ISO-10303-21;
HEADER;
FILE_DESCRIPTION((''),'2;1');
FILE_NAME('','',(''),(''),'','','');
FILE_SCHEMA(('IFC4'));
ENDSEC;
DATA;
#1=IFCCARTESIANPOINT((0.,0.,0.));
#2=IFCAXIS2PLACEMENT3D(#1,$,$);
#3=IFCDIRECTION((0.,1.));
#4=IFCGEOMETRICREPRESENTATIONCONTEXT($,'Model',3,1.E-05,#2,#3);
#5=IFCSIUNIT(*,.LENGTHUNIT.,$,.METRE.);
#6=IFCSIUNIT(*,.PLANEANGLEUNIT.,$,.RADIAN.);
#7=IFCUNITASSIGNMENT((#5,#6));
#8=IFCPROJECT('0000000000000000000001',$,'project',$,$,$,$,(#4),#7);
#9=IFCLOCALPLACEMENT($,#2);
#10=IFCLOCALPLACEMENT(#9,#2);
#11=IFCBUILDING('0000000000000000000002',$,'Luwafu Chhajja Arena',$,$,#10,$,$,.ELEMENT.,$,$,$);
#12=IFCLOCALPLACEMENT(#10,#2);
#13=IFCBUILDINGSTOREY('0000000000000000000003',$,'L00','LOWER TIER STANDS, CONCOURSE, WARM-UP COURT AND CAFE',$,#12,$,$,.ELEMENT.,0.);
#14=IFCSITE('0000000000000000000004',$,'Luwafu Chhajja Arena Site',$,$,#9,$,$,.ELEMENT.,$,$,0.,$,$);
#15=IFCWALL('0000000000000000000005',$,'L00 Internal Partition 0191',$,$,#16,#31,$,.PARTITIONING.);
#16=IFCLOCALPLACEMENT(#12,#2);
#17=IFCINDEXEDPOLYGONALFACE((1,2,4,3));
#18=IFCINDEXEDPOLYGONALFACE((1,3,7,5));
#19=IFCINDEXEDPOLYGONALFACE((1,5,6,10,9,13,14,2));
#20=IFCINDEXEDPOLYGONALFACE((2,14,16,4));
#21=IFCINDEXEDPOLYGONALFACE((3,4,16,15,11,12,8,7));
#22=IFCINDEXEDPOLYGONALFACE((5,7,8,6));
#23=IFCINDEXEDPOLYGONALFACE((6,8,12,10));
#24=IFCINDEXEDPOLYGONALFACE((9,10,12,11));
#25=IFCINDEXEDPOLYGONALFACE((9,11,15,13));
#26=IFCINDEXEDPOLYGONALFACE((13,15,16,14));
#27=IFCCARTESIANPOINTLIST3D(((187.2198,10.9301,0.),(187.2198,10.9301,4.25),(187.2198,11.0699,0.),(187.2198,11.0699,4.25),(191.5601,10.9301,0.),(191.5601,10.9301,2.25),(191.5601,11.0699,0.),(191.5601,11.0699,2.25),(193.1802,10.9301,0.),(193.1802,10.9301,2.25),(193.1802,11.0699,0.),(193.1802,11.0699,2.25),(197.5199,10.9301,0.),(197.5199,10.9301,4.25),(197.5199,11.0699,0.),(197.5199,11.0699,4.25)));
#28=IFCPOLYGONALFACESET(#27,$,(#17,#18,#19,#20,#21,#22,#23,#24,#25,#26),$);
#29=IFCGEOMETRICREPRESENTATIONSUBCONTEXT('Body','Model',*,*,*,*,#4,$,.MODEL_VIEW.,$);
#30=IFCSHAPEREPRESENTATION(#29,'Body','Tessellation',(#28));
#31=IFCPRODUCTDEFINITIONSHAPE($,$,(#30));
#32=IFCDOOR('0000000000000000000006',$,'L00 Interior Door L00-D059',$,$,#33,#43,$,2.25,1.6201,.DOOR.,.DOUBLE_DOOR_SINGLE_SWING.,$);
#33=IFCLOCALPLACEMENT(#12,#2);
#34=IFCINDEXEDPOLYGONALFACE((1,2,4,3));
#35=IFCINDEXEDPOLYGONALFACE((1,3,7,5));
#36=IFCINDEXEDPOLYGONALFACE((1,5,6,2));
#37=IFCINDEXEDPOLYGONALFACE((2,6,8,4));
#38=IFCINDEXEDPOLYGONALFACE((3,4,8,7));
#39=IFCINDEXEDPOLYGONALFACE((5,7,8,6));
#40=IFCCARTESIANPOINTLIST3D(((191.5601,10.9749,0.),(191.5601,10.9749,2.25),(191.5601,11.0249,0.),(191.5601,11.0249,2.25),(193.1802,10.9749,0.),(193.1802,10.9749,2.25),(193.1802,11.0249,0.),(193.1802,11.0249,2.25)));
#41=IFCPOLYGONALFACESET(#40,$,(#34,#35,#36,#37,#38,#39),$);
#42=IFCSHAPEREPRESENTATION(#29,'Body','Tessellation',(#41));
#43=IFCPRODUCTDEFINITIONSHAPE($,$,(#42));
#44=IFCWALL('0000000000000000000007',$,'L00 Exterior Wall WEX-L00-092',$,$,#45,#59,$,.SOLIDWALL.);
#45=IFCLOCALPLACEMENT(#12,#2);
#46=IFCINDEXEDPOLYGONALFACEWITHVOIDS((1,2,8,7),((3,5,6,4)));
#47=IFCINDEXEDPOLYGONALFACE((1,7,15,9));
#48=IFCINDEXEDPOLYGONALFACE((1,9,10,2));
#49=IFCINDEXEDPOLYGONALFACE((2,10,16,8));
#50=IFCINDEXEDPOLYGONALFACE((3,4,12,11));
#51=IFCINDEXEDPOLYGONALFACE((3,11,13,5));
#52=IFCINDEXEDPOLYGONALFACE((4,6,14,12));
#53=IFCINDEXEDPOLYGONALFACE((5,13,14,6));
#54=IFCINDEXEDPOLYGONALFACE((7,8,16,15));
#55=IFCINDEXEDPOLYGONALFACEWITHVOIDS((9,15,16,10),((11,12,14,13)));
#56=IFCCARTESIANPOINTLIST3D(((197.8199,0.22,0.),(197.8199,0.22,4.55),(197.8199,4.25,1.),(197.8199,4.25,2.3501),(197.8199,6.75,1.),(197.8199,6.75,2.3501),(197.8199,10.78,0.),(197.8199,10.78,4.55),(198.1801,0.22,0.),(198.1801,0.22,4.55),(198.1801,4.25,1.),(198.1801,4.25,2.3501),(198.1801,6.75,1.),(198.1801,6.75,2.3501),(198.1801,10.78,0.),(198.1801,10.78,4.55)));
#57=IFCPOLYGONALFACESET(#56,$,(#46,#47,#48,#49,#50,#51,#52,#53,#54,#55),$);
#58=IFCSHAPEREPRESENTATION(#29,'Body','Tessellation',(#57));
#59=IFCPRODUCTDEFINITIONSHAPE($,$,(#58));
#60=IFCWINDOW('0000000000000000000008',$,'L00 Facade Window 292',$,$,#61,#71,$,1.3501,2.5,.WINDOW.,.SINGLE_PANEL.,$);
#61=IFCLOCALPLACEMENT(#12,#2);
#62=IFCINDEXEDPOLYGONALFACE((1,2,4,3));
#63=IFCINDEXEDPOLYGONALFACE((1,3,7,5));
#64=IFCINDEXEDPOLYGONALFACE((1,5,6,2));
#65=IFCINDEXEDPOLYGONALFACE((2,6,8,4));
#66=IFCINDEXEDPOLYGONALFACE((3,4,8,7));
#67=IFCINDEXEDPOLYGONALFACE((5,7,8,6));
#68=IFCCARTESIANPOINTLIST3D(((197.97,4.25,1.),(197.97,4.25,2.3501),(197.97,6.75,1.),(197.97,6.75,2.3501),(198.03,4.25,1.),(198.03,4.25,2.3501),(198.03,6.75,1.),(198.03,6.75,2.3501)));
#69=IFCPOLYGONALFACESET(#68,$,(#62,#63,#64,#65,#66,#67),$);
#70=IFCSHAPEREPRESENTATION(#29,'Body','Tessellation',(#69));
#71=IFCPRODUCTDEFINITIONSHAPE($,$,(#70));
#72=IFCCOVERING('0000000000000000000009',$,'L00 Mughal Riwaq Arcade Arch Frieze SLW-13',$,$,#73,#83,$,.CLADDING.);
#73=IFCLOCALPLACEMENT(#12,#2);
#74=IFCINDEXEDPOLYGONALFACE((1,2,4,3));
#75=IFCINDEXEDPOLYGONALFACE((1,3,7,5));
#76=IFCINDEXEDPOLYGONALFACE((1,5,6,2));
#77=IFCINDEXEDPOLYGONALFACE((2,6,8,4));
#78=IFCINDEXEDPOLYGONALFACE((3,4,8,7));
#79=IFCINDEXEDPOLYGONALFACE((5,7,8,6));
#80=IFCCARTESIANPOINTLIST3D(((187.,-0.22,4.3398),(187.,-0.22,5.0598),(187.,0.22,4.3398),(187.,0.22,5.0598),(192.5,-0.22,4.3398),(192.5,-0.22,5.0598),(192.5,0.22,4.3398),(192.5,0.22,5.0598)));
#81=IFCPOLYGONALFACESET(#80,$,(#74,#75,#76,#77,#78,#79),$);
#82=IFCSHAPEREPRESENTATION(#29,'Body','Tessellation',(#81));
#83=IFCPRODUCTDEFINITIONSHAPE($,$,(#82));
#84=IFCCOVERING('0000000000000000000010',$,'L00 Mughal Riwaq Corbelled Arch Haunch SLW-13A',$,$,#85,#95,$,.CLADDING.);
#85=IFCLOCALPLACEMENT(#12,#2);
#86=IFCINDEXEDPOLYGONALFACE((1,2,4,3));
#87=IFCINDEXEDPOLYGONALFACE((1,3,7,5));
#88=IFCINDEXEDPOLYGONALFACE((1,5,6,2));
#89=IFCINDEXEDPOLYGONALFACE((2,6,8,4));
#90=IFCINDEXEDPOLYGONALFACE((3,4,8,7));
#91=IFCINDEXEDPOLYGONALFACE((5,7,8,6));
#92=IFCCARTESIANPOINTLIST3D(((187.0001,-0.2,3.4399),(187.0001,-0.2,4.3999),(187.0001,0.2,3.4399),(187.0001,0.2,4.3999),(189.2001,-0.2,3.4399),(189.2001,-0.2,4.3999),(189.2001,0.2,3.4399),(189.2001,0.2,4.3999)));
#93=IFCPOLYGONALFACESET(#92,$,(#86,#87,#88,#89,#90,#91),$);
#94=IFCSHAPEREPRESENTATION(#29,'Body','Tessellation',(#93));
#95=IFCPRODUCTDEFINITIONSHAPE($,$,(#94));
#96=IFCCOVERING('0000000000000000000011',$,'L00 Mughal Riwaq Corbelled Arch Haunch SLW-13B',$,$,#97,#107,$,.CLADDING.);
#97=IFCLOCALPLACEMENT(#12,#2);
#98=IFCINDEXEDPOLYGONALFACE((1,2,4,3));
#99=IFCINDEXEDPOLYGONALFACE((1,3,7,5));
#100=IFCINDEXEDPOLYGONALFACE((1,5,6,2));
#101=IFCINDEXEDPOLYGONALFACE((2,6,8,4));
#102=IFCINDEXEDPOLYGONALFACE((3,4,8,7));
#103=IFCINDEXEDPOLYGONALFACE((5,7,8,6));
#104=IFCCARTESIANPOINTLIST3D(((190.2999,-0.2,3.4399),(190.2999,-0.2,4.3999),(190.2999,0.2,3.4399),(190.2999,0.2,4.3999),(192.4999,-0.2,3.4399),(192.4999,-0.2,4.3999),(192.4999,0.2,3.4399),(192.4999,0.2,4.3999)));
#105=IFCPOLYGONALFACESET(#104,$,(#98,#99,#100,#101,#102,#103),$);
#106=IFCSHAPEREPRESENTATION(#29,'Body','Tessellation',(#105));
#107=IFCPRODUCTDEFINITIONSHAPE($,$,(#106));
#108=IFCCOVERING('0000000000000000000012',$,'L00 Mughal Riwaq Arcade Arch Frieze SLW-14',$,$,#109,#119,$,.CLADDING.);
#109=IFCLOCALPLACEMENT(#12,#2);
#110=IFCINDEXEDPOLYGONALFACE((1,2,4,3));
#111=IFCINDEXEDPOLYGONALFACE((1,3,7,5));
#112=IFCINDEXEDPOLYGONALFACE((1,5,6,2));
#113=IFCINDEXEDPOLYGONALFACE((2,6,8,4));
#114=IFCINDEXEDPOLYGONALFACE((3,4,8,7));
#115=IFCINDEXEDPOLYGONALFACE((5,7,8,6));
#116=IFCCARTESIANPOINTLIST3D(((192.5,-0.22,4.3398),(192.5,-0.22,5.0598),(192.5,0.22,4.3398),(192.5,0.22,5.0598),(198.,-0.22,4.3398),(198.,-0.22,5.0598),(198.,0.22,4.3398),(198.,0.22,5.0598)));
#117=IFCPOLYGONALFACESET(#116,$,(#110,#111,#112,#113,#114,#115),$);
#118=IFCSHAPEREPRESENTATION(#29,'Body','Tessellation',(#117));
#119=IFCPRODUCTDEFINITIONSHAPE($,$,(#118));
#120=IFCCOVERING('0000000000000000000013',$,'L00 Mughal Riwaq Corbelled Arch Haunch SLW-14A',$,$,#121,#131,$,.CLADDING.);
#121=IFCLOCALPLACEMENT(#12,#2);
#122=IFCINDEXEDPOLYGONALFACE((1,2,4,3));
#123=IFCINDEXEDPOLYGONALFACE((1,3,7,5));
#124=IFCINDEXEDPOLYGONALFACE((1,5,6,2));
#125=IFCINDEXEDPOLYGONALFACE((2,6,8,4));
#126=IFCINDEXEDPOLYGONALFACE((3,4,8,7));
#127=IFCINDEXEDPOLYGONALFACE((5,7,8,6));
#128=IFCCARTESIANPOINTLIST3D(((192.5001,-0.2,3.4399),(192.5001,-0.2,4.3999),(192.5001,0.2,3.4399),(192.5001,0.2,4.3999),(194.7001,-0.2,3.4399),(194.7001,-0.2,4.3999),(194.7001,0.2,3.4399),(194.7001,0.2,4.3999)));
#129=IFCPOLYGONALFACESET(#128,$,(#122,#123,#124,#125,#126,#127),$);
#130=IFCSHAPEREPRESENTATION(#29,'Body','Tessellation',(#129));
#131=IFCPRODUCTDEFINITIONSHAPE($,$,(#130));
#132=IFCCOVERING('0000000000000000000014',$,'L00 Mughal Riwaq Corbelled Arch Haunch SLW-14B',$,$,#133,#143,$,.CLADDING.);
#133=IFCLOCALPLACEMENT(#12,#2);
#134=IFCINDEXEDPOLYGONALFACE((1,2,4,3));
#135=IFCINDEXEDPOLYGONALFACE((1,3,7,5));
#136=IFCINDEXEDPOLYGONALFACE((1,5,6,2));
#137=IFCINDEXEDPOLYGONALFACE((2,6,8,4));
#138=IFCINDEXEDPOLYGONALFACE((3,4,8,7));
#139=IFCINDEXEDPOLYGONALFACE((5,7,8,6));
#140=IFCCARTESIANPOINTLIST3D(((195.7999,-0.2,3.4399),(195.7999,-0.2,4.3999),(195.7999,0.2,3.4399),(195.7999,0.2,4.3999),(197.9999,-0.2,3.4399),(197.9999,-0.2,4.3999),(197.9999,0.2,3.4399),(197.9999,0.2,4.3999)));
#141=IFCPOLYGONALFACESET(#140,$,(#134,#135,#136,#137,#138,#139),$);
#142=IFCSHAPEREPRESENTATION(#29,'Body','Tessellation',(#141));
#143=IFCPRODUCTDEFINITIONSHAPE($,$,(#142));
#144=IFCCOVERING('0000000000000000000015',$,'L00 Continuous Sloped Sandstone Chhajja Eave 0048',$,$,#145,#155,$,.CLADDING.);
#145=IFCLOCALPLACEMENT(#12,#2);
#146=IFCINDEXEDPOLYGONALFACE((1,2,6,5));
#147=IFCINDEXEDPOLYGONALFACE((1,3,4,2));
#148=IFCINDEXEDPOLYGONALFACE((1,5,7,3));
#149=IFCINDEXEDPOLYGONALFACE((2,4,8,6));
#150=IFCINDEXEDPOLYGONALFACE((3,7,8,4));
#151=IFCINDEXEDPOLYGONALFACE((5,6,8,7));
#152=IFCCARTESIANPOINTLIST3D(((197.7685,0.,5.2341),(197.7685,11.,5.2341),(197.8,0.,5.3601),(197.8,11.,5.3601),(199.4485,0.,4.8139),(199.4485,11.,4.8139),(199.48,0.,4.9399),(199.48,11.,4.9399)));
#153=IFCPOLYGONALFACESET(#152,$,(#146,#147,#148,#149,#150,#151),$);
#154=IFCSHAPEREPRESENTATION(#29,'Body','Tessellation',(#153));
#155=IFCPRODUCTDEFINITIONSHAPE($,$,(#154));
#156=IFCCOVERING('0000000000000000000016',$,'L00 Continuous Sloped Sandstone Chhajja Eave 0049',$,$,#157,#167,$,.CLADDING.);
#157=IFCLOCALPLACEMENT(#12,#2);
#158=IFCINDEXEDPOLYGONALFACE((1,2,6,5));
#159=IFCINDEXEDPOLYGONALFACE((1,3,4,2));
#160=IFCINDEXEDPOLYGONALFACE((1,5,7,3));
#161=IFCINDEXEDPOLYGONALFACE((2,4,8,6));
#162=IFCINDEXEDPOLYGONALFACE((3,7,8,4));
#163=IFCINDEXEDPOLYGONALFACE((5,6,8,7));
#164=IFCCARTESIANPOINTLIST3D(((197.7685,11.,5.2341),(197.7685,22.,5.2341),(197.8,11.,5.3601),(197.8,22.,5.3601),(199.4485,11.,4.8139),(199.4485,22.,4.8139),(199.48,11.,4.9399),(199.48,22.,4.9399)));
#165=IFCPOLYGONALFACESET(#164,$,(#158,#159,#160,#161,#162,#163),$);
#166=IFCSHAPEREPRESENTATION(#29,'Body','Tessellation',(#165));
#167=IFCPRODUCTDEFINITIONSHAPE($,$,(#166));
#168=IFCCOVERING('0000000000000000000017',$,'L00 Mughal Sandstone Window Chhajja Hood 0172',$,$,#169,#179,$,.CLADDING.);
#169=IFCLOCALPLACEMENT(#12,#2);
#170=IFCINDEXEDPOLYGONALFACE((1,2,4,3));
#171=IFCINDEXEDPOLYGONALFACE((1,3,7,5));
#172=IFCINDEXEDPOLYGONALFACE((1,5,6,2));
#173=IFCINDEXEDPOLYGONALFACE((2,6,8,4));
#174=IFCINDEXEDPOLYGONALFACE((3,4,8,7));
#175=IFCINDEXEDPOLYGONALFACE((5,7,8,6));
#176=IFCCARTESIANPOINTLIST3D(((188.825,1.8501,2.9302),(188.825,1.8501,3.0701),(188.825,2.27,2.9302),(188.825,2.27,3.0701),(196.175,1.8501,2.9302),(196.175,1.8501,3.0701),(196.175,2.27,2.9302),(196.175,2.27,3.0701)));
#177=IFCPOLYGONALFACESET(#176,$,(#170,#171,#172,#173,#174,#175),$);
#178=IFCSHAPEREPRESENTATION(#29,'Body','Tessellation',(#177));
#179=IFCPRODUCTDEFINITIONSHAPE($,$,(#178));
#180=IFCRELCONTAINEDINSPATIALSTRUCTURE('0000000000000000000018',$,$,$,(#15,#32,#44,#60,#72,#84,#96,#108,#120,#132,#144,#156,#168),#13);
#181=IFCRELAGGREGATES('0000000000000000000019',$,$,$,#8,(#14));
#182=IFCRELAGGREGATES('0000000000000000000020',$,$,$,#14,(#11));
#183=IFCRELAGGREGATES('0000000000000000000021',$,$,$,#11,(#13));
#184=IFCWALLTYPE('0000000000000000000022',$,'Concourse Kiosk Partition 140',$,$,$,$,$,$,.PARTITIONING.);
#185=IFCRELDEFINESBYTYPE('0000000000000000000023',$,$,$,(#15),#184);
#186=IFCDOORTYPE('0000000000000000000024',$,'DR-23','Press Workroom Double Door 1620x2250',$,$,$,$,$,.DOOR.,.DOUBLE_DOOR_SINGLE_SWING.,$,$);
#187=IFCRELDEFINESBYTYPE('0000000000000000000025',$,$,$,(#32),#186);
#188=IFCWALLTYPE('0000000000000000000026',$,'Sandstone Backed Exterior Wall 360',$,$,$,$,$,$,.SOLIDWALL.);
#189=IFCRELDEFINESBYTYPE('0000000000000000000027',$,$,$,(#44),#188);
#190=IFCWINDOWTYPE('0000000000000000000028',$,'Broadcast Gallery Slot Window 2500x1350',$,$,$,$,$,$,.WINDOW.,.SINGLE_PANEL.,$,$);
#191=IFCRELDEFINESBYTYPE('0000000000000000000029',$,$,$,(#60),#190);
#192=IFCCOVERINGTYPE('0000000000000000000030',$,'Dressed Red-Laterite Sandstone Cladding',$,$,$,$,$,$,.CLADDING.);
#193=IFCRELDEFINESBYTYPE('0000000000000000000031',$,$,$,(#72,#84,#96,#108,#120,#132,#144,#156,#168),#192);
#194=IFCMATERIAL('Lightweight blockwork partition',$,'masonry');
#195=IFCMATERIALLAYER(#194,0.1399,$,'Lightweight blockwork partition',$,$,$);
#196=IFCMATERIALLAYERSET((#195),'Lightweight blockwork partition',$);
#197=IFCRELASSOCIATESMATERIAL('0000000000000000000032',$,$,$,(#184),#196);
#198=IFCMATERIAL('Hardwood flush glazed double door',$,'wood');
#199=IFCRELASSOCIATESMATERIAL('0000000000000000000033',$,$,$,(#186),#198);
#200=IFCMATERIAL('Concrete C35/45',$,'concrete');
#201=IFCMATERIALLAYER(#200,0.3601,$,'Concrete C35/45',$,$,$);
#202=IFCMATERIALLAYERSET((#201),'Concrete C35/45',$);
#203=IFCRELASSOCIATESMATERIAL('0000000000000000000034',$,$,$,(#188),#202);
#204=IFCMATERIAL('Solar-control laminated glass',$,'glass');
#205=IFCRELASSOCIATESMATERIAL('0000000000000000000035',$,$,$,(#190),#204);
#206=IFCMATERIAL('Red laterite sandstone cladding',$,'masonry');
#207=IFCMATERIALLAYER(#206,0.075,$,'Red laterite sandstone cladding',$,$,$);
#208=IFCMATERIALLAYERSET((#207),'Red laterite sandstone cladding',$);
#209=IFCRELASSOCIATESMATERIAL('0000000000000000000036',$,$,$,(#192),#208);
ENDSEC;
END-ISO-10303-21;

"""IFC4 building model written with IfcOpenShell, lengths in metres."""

from ifc_helpers import new_model, si_unit, direction, frame, frame_2d, origin, origin_2d, place, context, subcontext, project, spatial, polyline, rectangle, outline, extrude, material, layer, layer_set, type_object, element, fill, save


model = new_model("IFC4")

# Units and contexts
model_context = context("Model", 3, precision=1e-05, world=origin(), true_north=direction((0.0, 1.0)))
body_context = subcontext(model_context, "Body", "Model", "MODEL_VIEW")
ifc_project = project(units=[si_unit("LENGTHUNIT", "METRE"), si_unit("PLANEANGLEUNIT", "RADIAN")], contexts=[model_context])

# Site, building, storey
site_placement = place(None, origin())
site = spatial("IfcSite", under=ifc_project, at=site_placement, Name="Luwafu Chhajja Arena Site", CompositionType="ELEMENT", RefElevation=0.0)
building_placement = place(site_placement, origin())
building = spatial("IfcBuilding", under=site, at=building_placement, Name="Luwafu Chhajja Arena", CompositionType="ELEMENT")
storey_placement = place(building_placement, origin())
storey = spatial("IfcBuildingStorey", under=building, at=storey_placement, Name="L00", Description="LOWER TIER STANDS, CONCOURSE, WARM-UP COURT AND CAFE", CompositionType="ELEMENT", Elevation=0.0)

# Shared definitions
ifc_material_1 = material(Name="Concrete C35/45", Category="concrete")

# Wall, opening, door
ifc_material_2 = material(Name="Lightweight blockwork partition", Category="masonry")
ifc_layer_1 = layer(ifc_material_2, 0.1399, Name="Lightweight blockwork partition")
ifc_layer_set_1 = layer_set([ifc_layer_1], Name="Lightweight blockwork partition")
wall_type_1 = type_object("IfcWallType", Name="Concourse Kiosk Partition 140", PredefinedType="PARTITIONING", material=ifc_layer_set_1)
wall_1_placement = place(storey_placement, frame((187.22, 11.0, 0.0), z_axis=(0.0, 0.0, 1.0), x_axis=(1.0, 0.0, 0.0)))
wall_1 = element("IfcWall", 1, at=wall_1_placement, inside=storey, type_object=wall_type_1, Name="L00 Internal Partition 0191", PredefinedType="PARTITIONING", context=body_context, shape_type="SweptSolid", body=[
    extrude(rectangle(XDim=10.3, YDim=0.1399, at=frame_2d((5.1499, 0.0))), origin(), (0.0, 0.0, 1.0), 4.25),
])
opening_1_placement = place(wall_1_placement, frame((4.3401, 0.0, 0.0)))
opening_1 = element("IfcOpeningElement", 2, at=opening_1_placement, cuts=wall_1, PredefinedType="OPENING", context=body_context, shape_type="SweptSolid", body=[
    extrude(rectangle(XDim=1.6201, YDim=2.25, at=frame_2d((0.8101, 1.125))), frame((0.0, 0.0798, 0.0), z_axis=(0.0, -1.0, 0.0), x_axis=(1.0, 0.0, 0.0)), (0.0, 0.0, 1.0), 0.1599),
])
ifc_material_3 = material(Name="Hardwood flush glazed double door", Category="wood")
door_type = type_object("IfcDoorType", Name="DR-23", Description="Press Workroom Double Door 1620x2250", OperationType="DOUBLE_DOOR_SINGLE_SWING", PredefinedType="DOOR", material=ifc_material_3)
door_placement = place(opening_1_placement, origin())
door = element("IfcDoor", 3, at=door_placement, inside=storey, type_object=door_type, Name="L00 Interior Door L00-D059", OperationType="DOUBLE_DOOR_SINGLE_SWING", OverallHeight=2.25, OverallWidth=1.6201, PredefinedType="DOOR", context=body_context, shape_type="SweptSolid", body=[
    extrude(rectangle(XDim=1.6201, YDim=2.25, at=frame_2d((0.8101, 1.125))), frame((0.0, 0.0249, 0.0), z_axis=(0.0, -1.0, 0.0), x_axis=(1.0, 0.0, 0.0)), (0.0, 0.0, 1.0), 0.05),
])
fill(opening_1, door)

# Wall, opening, window
ifc_layer_2 = layer(ifc_material_1, 0.3601, Name="Concrete C35/45")
ifc_layer_set_2 = layer_set([ifc_layer_2], Name="Concrete C35/45")
wall_type_2 = type_object("IfcWallType", Name="Sandstone Backed Exterior Wall 360", PredefinedType="SOLIDWALL", material=ifc_layer_set_2)
wall_2_placement = place(storey_placement, frame((198.0, 0.22, 0.0), z_axis=(0.0, 0.0, 1.0), x_axis=(0.0, 1.0, 0.0)))
wall_2 = element("IfcWall", 4, at=wall_2_placement, inside=storey, type_object=wall_type_2, Name="L00 Exterior Wall WEX-L00-092", PredefinedType="SOLIDWALL", context=body_context, shape_type="SweptSolid", body=[
    extrude(rectangle(XDim=10.5601, YDim=0.3601, at=frame_2d((5.28, 0.0))), origin(), (0.0, 0.0, 1.0), 4.55),
])
opening_2_placement = place(wall_2_placement, frame((4.03, 0.0, 1.0)))
opening_2 = element("IfcOpeningElement", 5, at=opening_2_placement, cuts=wall_2, PredefinedType="OPENING", context=body_context, shape_type="SweptSolid", body=[
    extrude(rectangle(XDim=2.5, YDim=1.3501, at=frame_2d((1.25, 0.675))), frame((0.0, 0.1899, 0.0), z_axis=(0.0, -1.0, 0.0), x_axis=(1.0, 0.0, 0.0)), (0.0, 0.0, 1.0), 0.3801),
])
ifc_material_4 = material(Name="Solar-control laminated glass", Category="glass")
window_type = type_object("IfcWindowType", Name="Broadcast Gallery Slot Window 2500x1350", PartitioningType="SINGLE_PANEL", PredefinedType="WINDOW", material=ifc_material_4)
window_placement = place(opening_2_placement, origin())
window = element("IfcWindow", 6, at=window_placement, inside=storey, type_object=window_type, Name="L00 Facade Window 292", OverallHeight=1.3501, OverallWidth=2.5, PartitioningType="SINGLE_PANEL", PredefinedType="WINDOW", context=body_context, shape_type="SweptSolid", body=[
    extrude(rectangle(XDim=2.5, YDim=1.3501, at=frame_2d((1.25, 0.675))), frame((0.0, 0.03, 0.0), z_axis=(0.0, -1.0, 0.0), x_axis=(1.0, 0.0, 0.0)), (0.0, 0.0, 1.0), 0.0601),
])
fill(opening_2, window)

# Coverings
ifc_material_5 = material(Name="Red laterite sandstone cladding", Category="masonry")
ifc_layer_3 = layer(ifc_material_5, 0.075, Name="Red laterite sandstone cladding")
ifc_layer_set_3 = layer_set([ifc_layer_3], Name="Red laterite sandstone cladding")
covering_type = type_object("IfcCoveringType", Name="Dressed Red-Laterite Sandstone Cladding", PredefinedType="CLADDING", material=ifc_layer_set_3)
covering_1_placement = place(storey_placement, frame((189.75, 0.0, 4.3398), z_axis=(0.0, 0.0, 1.0), x_axis=(1.0, 0.0, 0.0)))
element("IfcCovering", 7, at=covering_1_placement, inside=storey, type_object=covering_type, Name="L00 Mughal Riwaq Arcade Arch Frieze SLW-13", PredefinedType="CLADDING", context=body_context, shape_type="SweptSolid", body=[
    extrude(rectangle(XDim=5.5, YDim=0.4399, at=origin_2d()), origin(), (0.0, 0.0, 1.0), 0.72),
])
for number, where, z_axis, x_axis, name in (
    (8, (188.1001, 0.0, 3.4399), (0.0, 0.0, 1.0), (1.0, 0.0, 0.0), "L00 Mughal Riwaq Corbelled Arch Haunch SLW-13A"),
    (9, (191.3999, 0.0, 3.4399), (0.0, 0.0, 1.0), (1.0, 0.0, 0.0), "L00 Mughal Riwaq Corbelled Arch Haunch SLW-13B"),
):
    element("IfcCovering", number, at=place(storey_placement, frame(where, z_axis=z_axis, x_axis=x_axis)), inside=storey, type_object=covering_type, Name=name, PredefinedType="CLADDING", context=body_context, shape_type="SweptSolid", body=[
        extrude(rectangle(XDim=2.2, YDim=0.3999, at=origin_2d()), origin(), (0.0, 0.0, 1.0), 0.96),
    ])
covering_2_placement = place(storey_placement, frame((195.25, 0.0, 4.3398), z_axis=(0.0, 0.0, 1.0), x_axis=(1.0, 0.0, 0.0)))
element("IfcCovering", 10, at=covering_2_placement, inside=storey, type_object=covering_type, Name="L00 Mughal Riwaq Arcade Arch Frieze SLW-14", PredefinedType="CLADDING", context=body_context, shape_type="SweptSolid", body=[
    extrude(rectangle(XDim=5.5, YDim=0.4399, at=origin_2d()), origin(), (0.0, 0.0, 1.0), 0.72),
])
for number, where, z_axis, x_axis, name in (
    (11, (193.6001, 0.0, 3.4399), (0.0, 0.0, 1.0), (1.0, 0.0, 0.0), "L00 Mughal Riwaq Corbelled Arch Haunch SLW-14A"),
    (12, (196.8999, 0.0, 3.4399), (0.0, 0.0, 1.0), (1.0, 0.0, 0.0), "L00 Mughal Riwaq Corbelled Arch Haunch SLW-14B"),
):
    element("IfcCovering", number, at=place(storey_placement, frame(where, z_axis=z_axis, x_axis=x_axis)), inside=storey, type_object=covering_type, Name=name, PredefinedType="CLADDING", context=body_context, shape_type="SweptSolid", body=[
        extrude(rectangle(XDim=2.2, YDim=0.3999, at=origin_2d()), origin(), (0.0, 0.0, 1.0), 0.96),
    ])
for number, where, z_axis, x_axis, name in (
    (13, (197.8, 0.0, 5.3601), (0.242635, 0.0, 0.970118), (0.0, 1.0, 0.0), "L00 Continuous Sloped Sandstone Chhajja Eave 0048"),
    (14, (197.8, 11.0, 5.3601), (0.242635, 0.0, 0.970118), (0.0, 1.0, 0.0), "L00 Continuous Sloped Sandstone Chhajja Eave 0049"),
):
    element("IfcCovering", number, at=place(storey_placement, frame(where, z_axis=z_axis, x_axis=x_axis)), inside=storey, type_object=covering_type, Name=name, PredefinedType="CLADDING", context=body_context, shape_type="SweptSolid", body=[
        extrude(outline(polyline([(0.0, 0.0), (11.0, 0.0), (11.0, -1.7317), (0.0, -1.7317), (0.0, 0.0)])), origin(), (0.0, 0.0, -1.0), 0.1299),
    ])
covering_3_placement = place(storey_placement, frame((192.5, 2.0601, 2.9302), z_axis=(0.0, 0.0, 1.0), x_axis=(1.0, 0.0, 0.0)))
element("IfcCovering", 15, at=covering_3_placement, inside=storey, type_object=covering_type, Name="L00 Mughal Sandstone Window Chhajja Hood 0172", PredefinedType="CLADDING", context=body_context, shape_type="SweptSolid", body=[
    extrude(rectangle(XDim=7.3501, YDim=0.4199, at=origin_2d()), origin(), (0.0, 0.0, 1.0), 0.1399),
])

save(model, "model.ifc")
